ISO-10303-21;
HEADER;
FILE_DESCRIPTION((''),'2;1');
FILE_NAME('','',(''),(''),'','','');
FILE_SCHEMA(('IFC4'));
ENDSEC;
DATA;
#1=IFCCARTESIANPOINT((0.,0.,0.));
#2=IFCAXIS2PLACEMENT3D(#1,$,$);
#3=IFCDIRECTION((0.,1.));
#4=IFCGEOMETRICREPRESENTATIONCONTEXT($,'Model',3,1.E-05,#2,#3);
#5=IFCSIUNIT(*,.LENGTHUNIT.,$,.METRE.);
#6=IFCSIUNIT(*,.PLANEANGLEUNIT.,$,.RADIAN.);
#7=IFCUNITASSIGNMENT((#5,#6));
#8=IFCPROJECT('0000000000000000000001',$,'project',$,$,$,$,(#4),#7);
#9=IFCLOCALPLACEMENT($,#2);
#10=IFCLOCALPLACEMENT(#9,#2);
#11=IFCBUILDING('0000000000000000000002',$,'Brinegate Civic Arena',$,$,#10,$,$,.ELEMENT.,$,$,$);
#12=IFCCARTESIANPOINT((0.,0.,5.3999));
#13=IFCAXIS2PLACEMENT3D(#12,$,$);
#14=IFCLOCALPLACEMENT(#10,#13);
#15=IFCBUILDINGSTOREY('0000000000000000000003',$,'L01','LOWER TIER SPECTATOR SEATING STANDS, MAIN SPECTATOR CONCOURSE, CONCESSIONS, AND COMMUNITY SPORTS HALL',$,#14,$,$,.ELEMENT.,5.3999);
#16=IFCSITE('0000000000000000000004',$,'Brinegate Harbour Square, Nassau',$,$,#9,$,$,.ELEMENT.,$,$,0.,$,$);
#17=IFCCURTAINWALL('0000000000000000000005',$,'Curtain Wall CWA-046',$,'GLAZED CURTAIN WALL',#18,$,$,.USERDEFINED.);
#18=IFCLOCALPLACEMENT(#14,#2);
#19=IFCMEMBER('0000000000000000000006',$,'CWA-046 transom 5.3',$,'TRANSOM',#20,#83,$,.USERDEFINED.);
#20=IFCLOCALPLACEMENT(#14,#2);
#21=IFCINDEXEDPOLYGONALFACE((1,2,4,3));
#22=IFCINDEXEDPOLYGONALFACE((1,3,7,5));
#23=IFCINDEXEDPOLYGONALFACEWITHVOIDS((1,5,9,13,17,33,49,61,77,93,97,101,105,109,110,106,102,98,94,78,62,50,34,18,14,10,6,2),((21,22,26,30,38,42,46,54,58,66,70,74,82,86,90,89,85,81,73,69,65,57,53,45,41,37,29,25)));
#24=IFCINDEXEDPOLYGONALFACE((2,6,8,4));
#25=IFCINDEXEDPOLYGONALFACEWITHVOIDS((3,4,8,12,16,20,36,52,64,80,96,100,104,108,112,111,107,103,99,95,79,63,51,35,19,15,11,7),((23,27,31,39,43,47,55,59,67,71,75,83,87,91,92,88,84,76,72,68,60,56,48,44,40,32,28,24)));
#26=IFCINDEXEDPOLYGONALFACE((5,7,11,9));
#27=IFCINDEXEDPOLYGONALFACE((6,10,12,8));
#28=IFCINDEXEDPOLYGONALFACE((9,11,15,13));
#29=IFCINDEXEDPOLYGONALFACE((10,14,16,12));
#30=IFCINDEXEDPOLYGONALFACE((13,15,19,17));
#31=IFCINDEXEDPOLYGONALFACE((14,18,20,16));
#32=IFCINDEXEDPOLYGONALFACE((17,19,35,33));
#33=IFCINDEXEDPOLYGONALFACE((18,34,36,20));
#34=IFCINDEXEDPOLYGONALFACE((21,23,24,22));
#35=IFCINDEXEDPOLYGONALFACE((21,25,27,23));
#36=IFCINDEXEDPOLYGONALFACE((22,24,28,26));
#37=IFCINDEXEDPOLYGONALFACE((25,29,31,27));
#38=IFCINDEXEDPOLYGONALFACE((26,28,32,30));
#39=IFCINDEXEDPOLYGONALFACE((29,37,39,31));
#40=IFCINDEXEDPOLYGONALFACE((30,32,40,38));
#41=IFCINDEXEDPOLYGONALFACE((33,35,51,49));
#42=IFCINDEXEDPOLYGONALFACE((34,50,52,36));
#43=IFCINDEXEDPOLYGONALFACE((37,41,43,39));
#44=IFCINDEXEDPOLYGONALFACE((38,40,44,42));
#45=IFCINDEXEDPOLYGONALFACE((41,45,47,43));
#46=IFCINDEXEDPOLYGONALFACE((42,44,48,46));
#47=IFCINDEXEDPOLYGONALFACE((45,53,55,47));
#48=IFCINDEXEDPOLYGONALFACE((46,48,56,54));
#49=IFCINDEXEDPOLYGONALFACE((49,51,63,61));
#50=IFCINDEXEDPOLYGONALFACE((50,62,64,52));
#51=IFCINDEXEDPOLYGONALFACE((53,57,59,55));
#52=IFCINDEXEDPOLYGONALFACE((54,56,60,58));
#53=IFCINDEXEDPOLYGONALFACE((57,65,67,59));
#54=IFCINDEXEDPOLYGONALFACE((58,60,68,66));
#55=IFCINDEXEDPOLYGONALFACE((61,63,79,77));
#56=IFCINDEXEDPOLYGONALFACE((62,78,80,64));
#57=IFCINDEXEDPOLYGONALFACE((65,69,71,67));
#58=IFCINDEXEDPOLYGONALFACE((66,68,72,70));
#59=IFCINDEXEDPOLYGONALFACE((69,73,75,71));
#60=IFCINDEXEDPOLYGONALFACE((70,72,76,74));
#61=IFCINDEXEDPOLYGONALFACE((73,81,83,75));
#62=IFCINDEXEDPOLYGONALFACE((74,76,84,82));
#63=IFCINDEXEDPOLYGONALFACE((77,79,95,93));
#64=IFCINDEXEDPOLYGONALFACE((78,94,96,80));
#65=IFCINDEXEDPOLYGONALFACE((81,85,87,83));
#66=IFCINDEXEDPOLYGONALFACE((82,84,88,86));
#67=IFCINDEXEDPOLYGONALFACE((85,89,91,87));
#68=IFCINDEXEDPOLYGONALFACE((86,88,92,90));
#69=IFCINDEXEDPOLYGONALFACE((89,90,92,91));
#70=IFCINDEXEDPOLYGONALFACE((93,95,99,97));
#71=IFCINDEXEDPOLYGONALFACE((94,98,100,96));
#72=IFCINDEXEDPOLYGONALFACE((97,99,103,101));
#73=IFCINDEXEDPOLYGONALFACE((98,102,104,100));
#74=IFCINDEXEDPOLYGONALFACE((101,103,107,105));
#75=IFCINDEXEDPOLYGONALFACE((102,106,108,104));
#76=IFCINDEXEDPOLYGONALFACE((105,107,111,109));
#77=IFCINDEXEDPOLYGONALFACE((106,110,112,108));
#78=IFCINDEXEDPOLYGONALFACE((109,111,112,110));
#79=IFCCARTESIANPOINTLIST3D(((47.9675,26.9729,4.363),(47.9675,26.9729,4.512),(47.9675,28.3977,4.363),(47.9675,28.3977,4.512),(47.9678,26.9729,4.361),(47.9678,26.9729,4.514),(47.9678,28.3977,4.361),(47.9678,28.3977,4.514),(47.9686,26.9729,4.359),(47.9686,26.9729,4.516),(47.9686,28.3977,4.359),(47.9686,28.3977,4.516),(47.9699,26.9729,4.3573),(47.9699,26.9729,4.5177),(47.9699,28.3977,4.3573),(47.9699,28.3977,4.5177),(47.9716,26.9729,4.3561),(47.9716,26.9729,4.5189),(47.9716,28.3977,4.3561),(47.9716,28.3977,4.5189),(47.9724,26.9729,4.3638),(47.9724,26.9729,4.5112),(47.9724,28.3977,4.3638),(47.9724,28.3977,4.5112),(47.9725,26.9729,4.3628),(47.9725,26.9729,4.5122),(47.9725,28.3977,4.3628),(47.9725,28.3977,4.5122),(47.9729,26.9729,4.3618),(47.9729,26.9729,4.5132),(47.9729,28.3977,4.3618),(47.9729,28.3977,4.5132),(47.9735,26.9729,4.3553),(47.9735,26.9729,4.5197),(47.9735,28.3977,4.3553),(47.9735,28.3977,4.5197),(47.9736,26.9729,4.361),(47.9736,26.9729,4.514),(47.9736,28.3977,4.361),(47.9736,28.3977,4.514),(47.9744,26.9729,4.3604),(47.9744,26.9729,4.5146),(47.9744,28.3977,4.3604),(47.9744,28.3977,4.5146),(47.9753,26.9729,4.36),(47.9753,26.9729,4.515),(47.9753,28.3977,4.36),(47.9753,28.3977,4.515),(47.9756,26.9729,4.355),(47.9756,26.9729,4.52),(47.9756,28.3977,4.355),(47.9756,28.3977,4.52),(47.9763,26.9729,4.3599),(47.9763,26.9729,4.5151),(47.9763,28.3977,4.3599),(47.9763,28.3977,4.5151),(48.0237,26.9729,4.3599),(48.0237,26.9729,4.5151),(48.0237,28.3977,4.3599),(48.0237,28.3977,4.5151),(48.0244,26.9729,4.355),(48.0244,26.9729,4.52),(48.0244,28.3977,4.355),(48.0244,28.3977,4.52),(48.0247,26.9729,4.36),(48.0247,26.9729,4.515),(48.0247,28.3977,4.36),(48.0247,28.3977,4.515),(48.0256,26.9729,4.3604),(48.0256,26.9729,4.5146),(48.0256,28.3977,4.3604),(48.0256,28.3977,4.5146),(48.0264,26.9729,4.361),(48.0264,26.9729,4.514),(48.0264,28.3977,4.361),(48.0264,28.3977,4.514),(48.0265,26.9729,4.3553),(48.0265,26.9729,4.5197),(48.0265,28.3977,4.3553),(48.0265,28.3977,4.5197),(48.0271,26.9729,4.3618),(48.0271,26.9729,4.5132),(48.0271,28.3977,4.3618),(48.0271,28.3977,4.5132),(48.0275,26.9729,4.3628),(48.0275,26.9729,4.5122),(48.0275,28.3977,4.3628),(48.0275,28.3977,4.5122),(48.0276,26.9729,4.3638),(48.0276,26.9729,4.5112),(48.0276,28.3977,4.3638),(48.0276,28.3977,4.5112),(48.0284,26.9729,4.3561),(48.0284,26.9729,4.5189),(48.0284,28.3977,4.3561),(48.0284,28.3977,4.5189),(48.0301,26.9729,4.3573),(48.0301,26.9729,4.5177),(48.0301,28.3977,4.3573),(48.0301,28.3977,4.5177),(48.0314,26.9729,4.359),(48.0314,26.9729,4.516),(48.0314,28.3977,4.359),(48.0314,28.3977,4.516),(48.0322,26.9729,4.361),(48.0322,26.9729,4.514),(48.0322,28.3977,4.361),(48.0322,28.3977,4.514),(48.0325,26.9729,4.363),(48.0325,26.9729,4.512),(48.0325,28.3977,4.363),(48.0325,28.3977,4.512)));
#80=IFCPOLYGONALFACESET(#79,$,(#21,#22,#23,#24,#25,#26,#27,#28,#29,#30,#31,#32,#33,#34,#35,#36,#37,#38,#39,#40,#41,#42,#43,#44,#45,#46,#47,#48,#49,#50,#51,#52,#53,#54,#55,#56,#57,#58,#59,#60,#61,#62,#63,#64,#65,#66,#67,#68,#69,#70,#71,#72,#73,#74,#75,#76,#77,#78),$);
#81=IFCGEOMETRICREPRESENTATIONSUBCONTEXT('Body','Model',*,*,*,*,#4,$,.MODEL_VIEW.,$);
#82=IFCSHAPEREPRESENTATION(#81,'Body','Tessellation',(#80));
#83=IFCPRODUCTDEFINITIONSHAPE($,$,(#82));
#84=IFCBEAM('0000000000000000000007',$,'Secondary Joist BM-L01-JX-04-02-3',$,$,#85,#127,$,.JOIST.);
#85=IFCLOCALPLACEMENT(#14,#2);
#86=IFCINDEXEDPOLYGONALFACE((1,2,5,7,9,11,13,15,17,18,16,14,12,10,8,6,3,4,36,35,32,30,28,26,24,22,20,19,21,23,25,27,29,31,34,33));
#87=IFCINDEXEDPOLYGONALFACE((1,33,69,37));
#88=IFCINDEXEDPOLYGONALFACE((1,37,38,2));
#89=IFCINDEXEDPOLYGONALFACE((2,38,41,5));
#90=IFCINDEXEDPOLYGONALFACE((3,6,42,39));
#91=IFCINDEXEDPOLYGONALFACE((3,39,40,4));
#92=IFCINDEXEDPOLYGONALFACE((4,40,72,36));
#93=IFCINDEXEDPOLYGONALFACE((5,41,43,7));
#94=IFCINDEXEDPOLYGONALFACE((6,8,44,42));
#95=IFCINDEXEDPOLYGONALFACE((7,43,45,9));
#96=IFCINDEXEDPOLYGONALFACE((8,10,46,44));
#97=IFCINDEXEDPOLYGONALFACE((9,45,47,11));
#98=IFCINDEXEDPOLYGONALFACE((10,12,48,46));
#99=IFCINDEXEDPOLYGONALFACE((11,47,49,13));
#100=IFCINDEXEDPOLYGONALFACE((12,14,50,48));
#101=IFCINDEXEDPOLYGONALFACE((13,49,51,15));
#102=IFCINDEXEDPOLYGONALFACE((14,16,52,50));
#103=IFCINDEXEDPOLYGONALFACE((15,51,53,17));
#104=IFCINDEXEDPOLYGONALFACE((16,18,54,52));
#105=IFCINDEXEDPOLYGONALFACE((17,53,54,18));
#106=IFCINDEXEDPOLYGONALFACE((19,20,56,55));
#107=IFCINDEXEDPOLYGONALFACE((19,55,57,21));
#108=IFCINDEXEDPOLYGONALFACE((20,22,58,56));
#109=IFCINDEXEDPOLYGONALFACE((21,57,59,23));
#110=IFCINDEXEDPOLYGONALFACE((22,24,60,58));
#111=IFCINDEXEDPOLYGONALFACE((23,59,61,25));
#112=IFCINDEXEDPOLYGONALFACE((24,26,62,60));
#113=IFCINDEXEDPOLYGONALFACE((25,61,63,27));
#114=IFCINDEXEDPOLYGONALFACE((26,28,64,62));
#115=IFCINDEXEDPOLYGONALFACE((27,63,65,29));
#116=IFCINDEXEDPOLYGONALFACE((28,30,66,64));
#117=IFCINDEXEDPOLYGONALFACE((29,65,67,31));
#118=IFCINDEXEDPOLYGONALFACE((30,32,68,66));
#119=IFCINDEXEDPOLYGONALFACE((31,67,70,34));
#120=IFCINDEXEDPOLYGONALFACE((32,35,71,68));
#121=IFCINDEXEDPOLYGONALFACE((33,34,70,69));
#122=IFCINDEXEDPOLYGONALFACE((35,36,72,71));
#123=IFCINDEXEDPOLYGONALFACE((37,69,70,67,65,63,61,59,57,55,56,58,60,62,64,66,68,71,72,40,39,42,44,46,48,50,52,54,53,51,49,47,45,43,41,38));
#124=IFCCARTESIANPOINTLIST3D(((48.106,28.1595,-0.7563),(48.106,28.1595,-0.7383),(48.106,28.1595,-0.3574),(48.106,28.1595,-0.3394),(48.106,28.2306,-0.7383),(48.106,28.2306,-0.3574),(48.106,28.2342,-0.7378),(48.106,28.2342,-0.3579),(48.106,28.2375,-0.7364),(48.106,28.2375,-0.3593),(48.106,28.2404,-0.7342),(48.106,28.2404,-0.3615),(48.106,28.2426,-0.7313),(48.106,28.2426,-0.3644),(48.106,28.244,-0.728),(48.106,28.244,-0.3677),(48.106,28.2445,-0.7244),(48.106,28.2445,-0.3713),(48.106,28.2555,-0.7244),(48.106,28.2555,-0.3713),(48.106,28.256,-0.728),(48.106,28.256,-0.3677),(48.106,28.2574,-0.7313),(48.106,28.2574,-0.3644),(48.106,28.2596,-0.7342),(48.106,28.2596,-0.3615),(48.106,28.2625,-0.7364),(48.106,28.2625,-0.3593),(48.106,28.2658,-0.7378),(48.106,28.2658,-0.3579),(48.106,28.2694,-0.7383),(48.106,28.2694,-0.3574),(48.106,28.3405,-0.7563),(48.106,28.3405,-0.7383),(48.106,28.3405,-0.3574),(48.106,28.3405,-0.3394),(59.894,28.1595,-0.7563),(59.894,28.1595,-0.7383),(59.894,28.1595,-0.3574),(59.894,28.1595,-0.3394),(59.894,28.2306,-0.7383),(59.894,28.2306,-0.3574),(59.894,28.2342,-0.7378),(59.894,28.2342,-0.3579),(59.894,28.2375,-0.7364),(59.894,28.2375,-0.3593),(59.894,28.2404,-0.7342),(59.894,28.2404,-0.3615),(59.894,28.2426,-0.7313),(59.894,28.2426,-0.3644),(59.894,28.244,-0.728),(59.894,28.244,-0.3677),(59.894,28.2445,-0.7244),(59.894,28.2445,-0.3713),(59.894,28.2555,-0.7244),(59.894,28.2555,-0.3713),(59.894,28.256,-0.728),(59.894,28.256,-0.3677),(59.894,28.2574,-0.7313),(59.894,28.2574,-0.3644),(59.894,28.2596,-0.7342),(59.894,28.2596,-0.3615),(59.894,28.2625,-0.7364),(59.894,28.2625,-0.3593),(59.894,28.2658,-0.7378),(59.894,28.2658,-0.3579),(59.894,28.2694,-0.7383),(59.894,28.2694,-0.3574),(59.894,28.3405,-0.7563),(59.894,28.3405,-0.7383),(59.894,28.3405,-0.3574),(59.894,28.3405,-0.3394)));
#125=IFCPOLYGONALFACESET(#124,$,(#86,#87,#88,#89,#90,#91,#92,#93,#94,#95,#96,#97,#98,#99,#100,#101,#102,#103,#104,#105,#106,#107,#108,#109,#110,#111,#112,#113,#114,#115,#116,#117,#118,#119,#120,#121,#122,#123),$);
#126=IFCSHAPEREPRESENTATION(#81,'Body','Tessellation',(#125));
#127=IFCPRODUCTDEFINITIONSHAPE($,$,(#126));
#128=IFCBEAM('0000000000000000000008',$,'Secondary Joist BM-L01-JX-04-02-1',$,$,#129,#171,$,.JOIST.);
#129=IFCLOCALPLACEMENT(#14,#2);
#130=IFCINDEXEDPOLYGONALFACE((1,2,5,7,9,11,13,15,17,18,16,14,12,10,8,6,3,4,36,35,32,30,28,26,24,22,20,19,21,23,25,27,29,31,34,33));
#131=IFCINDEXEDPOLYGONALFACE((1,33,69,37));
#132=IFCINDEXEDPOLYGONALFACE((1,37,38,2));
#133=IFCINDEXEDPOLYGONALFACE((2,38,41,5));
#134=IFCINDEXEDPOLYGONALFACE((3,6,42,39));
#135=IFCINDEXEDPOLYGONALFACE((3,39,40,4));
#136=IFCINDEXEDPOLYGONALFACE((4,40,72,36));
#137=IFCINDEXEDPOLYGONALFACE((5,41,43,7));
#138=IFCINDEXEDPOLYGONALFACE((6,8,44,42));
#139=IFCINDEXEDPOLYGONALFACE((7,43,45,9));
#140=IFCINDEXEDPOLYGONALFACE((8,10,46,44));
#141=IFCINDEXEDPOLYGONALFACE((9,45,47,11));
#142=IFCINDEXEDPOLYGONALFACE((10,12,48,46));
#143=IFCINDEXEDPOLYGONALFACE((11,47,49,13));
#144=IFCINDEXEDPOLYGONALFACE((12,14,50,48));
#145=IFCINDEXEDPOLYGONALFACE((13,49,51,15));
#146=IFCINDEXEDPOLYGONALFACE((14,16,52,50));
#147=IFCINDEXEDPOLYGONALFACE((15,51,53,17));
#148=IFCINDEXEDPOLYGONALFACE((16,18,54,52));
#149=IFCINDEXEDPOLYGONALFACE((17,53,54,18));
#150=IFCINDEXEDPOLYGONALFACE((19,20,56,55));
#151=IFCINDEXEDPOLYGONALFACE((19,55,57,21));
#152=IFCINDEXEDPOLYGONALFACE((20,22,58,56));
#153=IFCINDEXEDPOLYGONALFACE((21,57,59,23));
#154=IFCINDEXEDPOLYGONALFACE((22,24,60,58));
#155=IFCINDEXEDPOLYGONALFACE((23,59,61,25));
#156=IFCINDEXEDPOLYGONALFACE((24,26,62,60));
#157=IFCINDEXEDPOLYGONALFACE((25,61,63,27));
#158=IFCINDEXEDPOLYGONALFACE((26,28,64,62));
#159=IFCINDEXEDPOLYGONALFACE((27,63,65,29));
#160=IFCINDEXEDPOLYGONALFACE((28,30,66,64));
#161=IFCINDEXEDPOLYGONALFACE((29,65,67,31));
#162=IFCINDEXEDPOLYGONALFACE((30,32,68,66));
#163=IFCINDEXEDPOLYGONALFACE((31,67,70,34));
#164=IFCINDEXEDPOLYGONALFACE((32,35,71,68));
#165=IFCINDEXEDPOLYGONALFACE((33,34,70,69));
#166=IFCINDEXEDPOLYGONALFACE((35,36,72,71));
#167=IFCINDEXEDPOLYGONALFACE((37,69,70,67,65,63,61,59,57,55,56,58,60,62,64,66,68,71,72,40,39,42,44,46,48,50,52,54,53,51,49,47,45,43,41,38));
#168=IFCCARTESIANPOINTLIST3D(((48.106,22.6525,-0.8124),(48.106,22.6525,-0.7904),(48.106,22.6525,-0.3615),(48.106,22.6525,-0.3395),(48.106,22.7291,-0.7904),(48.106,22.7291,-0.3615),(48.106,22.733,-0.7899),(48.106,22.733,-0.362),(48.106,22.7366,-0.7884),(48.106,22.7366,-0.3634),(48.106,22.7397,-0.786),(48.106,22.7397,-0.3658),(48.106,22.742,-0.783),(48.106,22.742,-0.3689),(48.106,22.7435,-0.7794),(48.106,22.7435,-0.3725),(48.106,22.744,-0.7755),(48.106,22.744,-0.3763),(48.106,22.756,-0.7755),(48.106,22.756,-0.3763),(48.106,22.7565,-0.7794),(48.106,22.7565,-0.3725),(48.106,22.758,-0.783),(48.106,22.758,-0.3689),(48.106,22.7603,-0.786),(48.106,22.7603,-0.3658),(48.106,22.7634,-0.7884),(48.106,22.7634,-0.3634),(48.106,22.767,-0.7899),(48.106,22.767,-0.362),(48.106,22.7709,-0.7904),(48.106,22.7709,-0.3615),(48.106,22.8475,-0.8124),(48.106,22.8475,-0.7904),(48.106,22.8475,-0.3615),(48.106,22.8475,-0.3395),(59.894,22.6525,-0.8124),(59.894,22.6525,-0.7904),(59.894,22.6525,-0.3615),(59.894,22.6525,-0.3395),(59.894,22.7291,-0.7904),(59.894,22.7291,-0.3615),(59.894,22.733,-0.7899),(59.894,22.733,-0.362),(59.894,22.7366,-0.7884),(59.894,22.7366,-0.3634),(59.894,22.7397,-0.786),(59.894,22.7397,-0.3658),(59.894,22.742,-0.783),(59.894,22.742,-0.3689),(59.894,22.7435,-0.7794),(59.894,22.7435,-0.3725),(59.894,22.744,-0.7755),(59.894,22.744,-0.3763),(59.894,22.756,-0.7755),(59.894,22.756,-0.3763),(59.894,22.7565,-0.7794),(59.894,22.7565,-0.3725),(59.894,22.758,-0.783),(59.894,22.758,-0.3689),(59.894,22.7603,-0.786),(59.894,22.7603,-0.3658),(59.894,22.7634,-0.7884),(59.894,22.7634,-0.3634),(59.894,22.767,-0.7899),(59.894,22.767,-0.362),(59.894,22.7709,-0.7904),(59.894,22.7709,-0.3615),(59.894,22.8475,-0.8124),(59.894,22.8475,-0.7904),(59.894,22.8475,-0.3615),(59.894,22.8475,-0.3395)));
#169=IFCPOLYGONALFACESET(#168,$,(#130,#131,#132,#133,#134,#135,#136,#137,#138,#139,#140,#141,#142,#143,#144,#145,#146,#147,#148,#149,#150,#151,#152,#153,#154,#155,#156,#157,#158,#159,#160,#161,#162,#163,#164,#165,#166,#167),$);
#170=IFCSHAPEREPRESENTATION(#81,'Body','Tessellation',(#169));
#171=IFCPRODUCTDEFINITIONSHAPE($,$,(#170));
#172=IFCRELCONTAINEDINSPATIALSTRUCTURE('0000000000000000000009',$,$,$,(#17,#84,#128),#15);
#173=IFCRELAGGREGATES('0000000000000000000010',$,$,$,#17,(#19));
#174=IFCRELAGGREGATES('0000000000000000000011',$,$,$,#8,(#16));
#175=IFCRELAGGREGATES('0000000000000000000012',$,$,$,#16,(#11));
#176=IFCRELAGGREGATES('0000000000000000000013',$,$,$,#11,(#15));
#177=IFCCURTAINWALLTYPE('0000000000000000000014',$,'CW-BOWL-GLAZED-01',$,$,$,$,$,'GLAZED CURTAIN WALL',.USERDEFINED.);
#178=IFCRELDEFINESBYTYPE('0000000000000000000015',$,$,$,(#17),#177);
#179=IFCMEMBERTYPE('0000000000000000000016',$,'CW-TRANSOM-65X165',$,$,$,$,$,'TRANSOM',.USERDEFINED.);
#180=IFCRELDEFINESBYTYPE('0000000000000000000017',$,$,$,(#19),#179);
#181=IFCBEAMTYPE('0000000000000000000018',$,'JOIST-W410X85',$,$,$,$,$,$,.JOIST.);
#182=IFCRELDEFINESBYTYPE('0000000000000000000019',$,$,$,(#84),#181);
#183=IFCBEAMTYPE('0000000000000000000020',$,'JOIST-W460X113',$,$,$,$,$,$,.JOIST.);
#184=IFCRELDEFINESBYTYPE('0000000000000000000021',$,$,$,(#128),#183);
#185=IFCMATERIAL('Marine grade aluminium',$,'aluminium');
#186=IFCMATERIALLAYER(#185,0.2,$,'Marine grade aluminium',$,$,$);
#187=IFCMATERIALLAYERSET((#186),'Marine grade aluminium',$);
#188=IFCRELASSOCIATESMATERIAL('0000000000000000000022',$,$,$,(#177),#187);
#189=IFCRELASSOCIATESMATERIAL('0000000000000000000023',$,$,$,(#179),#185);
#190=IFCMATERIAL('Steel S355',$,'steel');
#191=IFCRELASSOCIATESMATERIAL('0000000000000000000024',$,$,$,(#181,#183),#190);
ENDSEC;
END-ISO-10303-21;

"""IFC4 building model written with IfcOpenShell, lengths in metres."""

from ifc_helpers import new_model, si_unit, direction, frame, origin, origin_2d, place, context, subcontext, project, spatial, hollow_rectangle, i_section, extrude, material, layer, layer_set, material_profile, profile_set, type_object, element, aggregate, save


model = new_model("IFC4")

# Units and contexts
model_context = context("Model", 3, precision=1e-05, world=origin(), true_north=direction((0.0, 1.0)))
body_context = subcontext(model_context, "Body", "Model", "MODEL_VIEW")
ifc_project = project(units=[si_unit("LENGTHUNIT", "METRE"), si_unit("PLANEANGLEUNIT", "RADIAN")], contexts=[model_context])

# Site, building, storey
site_placement = place(None, origin())
site = spatial("IfcSite", under=ifc_project, at=site_placement, Name="Brinegate Harbour Square, Nassau", CompositionType="ELEMENT", RefElevation=0.0)
building_placement = place(site_placement, origin())
building = spatial("IfcBuilding", under=site, at=building_placement, Name="Brinegate Civic Arena", CompositionType="ELEMENT")
storey_placement = place(building_placement, frame((0.0, 0.0, 5.3999)))
storey = spatial("IfcBuildingStorey", under=building, at=storey_placement, Name="L01", Description="LOWER TIER SPECTATOR SEATING STANDS, MAIN SPECTATOR CONCOURSE, CONCESSIONS, AND COMMUNITY SPORTS HALL", CompositionType="ELEMENT", Elevation=5.3999)

# Curtain wall, member
ifc_material_1 = material(Name="Marine grade aluminium", Category="aluminium")
ifc_layer_1 = layer(ifc_material_1, 0.2, Name="Marine grade aluminium")
ifc_layer_set_1 = layer_set([ifc_layer_1], Name="Marine grade aluminium")
curtain_wall_type = type_object("IfcCurtainWallType", Name="CW-BOWL-GLAZED-01", ElementType="GLAZED CURTAIN WALL", PredefinedType="USERDEFINED", material=ifc_layer_set_1)
curtain_wall_placement = place(storey_placement, origin())
curtain_wall = element("IfcCurtainWall", 1, at=curtain_wall_placement, inside=storey, type_object=curtain_wall_type, Name="Curtain Wall CWA-046", ObjectType="GLAZED CURTAIN WALL", PredefinedType="USERDEFINED")
ifc_material_profile_1 = material_profile(ifc_material_1, hollow_rectangle(XDim=0.0649, YDim=0.165, WallThickness=0.0049, InnerFilletRadius=0.0039, OuterFilletRadius=0.0081, at=origin_2d()), Name="TRN65X165")
ifc_profile_set_1 = profile_set([ifc_material_profile_1], Name="Marine grade aluminium")
member_type_1 = type_object("IfcMemberType", Name="CW-TRANSOM-65X165", ElementType="TRANSOM", PredefinedType="USERDEFINED", material=ifc_profile_set_1)
member_1_placement = place(storey_placement, frame((48.0, 26.9729, 4.4375), z_axis=(0.0, 1.0, 0.0), x_axis=(-1.0, 0.0, 0.0)))
member_1 = element("IfcMember", 2, at=member_1_placement, type_object=member_type_1, Name="CWA-046 transom 5.3", ObjectType="TRANSOM", PredefinedType="USERDEFINED", context=body_context, shape_type="SweptSolid", body=[
    extrude(hollow_rectangle(XDim=0.0649, YDim=0.165, WallThickness=0.0049, InnerFilletRadius=0.0039, OuterFilletRadius=0.0081, at=origin_2d()), origin(), (0.0, 0.0, 1.0), 1.4248),
])

# Beams
ifc_material_2 = material(Name="Steel S355", Category="steel")
ifc_material_profile_2 = material_profile(ifc_material_2, i_section(OverallWidth=0.1809, OverallDepth=0.417, WebThickness=0.011, FlangeThickness=0.0181, FilletRadius=0.0139, at=origin_2d()), Name="W410X85")
ifc_profile_set_2 = profile_set([ifc_material_profile_2], Name="Steel S355")
beam_type_1 = type_object("IfcBeamType", Name="JOIST-W410X85", PredefinedType="JOIST", material=ifc_profile_set_2)
beam_1_placement = place(storey_placement, frame((48.106, 28.25, -0.5479), z_axis=(1.0, 0.0, 0.0), x_axis=(0.0, 1.0, 0.0)))
element("IfcBeam", 3, at=beam_1_placement, inside=storey, type_object=beam_type_1, Name="Secondary Joist BM-L01-JX-04-02-3", PredefinedType="JOIST", context=body_context, shape_type="SweptSolid", body=[
    extrude(i_section(OverallWidth=0.1809, OverallDepth=0.417, WebThickness=0.011, FlangeThickness=0.0181, FilletRadius=0.0139, at=origin_2d()), origin(), (0.0, 0.0, 1.0), 11.7881),
])
ifc_material_profile_3 = material_profile(ifc_material_2, i_section(OverallWidth=0.1951, OverallDepth=0.4729, WebThickness=0.012, FlangeThickness=0.022, FilletRadius=0.0149, at=origin_2d()), Name="W460X113")
ifc_profile_set_3 = profile_set([ifc_material_profile_3], Name="Steel S355")
beam_type_2 = type_object("IfcBeamType", Name="JOIST-W460X113", PredefinedType="JOIST", material=ifc_profile_set_3)
beam_2_placement = place(storey_placement, frame((48.106, 22.75, -0.5759), z_axis=(1.0, 0.0, 0.0), x_axis=(0.0, 1.0, 0.0)))
element("IfcBeam", 4, at=beam_2_placement, inside=storey, type_object=beam_type_2, Name="Secondary Joist BM-L01-JX-04-02-1", PredefinedType="JOIST", context=body_context, shape_type="SweptSolid", body=[
    extrude(i_section(OverallWidth=0.1951, OverallDepth=0.4729, WebThickness=0.012, FlangeThickness=0.022, FilletRadius=0.0149, at=origin_2d()), origin(), (0.0, 0.0, 1.0), 11.7881),
])

aggregate(curtain_wall, [member_1])

save(model, "model.ifc")
